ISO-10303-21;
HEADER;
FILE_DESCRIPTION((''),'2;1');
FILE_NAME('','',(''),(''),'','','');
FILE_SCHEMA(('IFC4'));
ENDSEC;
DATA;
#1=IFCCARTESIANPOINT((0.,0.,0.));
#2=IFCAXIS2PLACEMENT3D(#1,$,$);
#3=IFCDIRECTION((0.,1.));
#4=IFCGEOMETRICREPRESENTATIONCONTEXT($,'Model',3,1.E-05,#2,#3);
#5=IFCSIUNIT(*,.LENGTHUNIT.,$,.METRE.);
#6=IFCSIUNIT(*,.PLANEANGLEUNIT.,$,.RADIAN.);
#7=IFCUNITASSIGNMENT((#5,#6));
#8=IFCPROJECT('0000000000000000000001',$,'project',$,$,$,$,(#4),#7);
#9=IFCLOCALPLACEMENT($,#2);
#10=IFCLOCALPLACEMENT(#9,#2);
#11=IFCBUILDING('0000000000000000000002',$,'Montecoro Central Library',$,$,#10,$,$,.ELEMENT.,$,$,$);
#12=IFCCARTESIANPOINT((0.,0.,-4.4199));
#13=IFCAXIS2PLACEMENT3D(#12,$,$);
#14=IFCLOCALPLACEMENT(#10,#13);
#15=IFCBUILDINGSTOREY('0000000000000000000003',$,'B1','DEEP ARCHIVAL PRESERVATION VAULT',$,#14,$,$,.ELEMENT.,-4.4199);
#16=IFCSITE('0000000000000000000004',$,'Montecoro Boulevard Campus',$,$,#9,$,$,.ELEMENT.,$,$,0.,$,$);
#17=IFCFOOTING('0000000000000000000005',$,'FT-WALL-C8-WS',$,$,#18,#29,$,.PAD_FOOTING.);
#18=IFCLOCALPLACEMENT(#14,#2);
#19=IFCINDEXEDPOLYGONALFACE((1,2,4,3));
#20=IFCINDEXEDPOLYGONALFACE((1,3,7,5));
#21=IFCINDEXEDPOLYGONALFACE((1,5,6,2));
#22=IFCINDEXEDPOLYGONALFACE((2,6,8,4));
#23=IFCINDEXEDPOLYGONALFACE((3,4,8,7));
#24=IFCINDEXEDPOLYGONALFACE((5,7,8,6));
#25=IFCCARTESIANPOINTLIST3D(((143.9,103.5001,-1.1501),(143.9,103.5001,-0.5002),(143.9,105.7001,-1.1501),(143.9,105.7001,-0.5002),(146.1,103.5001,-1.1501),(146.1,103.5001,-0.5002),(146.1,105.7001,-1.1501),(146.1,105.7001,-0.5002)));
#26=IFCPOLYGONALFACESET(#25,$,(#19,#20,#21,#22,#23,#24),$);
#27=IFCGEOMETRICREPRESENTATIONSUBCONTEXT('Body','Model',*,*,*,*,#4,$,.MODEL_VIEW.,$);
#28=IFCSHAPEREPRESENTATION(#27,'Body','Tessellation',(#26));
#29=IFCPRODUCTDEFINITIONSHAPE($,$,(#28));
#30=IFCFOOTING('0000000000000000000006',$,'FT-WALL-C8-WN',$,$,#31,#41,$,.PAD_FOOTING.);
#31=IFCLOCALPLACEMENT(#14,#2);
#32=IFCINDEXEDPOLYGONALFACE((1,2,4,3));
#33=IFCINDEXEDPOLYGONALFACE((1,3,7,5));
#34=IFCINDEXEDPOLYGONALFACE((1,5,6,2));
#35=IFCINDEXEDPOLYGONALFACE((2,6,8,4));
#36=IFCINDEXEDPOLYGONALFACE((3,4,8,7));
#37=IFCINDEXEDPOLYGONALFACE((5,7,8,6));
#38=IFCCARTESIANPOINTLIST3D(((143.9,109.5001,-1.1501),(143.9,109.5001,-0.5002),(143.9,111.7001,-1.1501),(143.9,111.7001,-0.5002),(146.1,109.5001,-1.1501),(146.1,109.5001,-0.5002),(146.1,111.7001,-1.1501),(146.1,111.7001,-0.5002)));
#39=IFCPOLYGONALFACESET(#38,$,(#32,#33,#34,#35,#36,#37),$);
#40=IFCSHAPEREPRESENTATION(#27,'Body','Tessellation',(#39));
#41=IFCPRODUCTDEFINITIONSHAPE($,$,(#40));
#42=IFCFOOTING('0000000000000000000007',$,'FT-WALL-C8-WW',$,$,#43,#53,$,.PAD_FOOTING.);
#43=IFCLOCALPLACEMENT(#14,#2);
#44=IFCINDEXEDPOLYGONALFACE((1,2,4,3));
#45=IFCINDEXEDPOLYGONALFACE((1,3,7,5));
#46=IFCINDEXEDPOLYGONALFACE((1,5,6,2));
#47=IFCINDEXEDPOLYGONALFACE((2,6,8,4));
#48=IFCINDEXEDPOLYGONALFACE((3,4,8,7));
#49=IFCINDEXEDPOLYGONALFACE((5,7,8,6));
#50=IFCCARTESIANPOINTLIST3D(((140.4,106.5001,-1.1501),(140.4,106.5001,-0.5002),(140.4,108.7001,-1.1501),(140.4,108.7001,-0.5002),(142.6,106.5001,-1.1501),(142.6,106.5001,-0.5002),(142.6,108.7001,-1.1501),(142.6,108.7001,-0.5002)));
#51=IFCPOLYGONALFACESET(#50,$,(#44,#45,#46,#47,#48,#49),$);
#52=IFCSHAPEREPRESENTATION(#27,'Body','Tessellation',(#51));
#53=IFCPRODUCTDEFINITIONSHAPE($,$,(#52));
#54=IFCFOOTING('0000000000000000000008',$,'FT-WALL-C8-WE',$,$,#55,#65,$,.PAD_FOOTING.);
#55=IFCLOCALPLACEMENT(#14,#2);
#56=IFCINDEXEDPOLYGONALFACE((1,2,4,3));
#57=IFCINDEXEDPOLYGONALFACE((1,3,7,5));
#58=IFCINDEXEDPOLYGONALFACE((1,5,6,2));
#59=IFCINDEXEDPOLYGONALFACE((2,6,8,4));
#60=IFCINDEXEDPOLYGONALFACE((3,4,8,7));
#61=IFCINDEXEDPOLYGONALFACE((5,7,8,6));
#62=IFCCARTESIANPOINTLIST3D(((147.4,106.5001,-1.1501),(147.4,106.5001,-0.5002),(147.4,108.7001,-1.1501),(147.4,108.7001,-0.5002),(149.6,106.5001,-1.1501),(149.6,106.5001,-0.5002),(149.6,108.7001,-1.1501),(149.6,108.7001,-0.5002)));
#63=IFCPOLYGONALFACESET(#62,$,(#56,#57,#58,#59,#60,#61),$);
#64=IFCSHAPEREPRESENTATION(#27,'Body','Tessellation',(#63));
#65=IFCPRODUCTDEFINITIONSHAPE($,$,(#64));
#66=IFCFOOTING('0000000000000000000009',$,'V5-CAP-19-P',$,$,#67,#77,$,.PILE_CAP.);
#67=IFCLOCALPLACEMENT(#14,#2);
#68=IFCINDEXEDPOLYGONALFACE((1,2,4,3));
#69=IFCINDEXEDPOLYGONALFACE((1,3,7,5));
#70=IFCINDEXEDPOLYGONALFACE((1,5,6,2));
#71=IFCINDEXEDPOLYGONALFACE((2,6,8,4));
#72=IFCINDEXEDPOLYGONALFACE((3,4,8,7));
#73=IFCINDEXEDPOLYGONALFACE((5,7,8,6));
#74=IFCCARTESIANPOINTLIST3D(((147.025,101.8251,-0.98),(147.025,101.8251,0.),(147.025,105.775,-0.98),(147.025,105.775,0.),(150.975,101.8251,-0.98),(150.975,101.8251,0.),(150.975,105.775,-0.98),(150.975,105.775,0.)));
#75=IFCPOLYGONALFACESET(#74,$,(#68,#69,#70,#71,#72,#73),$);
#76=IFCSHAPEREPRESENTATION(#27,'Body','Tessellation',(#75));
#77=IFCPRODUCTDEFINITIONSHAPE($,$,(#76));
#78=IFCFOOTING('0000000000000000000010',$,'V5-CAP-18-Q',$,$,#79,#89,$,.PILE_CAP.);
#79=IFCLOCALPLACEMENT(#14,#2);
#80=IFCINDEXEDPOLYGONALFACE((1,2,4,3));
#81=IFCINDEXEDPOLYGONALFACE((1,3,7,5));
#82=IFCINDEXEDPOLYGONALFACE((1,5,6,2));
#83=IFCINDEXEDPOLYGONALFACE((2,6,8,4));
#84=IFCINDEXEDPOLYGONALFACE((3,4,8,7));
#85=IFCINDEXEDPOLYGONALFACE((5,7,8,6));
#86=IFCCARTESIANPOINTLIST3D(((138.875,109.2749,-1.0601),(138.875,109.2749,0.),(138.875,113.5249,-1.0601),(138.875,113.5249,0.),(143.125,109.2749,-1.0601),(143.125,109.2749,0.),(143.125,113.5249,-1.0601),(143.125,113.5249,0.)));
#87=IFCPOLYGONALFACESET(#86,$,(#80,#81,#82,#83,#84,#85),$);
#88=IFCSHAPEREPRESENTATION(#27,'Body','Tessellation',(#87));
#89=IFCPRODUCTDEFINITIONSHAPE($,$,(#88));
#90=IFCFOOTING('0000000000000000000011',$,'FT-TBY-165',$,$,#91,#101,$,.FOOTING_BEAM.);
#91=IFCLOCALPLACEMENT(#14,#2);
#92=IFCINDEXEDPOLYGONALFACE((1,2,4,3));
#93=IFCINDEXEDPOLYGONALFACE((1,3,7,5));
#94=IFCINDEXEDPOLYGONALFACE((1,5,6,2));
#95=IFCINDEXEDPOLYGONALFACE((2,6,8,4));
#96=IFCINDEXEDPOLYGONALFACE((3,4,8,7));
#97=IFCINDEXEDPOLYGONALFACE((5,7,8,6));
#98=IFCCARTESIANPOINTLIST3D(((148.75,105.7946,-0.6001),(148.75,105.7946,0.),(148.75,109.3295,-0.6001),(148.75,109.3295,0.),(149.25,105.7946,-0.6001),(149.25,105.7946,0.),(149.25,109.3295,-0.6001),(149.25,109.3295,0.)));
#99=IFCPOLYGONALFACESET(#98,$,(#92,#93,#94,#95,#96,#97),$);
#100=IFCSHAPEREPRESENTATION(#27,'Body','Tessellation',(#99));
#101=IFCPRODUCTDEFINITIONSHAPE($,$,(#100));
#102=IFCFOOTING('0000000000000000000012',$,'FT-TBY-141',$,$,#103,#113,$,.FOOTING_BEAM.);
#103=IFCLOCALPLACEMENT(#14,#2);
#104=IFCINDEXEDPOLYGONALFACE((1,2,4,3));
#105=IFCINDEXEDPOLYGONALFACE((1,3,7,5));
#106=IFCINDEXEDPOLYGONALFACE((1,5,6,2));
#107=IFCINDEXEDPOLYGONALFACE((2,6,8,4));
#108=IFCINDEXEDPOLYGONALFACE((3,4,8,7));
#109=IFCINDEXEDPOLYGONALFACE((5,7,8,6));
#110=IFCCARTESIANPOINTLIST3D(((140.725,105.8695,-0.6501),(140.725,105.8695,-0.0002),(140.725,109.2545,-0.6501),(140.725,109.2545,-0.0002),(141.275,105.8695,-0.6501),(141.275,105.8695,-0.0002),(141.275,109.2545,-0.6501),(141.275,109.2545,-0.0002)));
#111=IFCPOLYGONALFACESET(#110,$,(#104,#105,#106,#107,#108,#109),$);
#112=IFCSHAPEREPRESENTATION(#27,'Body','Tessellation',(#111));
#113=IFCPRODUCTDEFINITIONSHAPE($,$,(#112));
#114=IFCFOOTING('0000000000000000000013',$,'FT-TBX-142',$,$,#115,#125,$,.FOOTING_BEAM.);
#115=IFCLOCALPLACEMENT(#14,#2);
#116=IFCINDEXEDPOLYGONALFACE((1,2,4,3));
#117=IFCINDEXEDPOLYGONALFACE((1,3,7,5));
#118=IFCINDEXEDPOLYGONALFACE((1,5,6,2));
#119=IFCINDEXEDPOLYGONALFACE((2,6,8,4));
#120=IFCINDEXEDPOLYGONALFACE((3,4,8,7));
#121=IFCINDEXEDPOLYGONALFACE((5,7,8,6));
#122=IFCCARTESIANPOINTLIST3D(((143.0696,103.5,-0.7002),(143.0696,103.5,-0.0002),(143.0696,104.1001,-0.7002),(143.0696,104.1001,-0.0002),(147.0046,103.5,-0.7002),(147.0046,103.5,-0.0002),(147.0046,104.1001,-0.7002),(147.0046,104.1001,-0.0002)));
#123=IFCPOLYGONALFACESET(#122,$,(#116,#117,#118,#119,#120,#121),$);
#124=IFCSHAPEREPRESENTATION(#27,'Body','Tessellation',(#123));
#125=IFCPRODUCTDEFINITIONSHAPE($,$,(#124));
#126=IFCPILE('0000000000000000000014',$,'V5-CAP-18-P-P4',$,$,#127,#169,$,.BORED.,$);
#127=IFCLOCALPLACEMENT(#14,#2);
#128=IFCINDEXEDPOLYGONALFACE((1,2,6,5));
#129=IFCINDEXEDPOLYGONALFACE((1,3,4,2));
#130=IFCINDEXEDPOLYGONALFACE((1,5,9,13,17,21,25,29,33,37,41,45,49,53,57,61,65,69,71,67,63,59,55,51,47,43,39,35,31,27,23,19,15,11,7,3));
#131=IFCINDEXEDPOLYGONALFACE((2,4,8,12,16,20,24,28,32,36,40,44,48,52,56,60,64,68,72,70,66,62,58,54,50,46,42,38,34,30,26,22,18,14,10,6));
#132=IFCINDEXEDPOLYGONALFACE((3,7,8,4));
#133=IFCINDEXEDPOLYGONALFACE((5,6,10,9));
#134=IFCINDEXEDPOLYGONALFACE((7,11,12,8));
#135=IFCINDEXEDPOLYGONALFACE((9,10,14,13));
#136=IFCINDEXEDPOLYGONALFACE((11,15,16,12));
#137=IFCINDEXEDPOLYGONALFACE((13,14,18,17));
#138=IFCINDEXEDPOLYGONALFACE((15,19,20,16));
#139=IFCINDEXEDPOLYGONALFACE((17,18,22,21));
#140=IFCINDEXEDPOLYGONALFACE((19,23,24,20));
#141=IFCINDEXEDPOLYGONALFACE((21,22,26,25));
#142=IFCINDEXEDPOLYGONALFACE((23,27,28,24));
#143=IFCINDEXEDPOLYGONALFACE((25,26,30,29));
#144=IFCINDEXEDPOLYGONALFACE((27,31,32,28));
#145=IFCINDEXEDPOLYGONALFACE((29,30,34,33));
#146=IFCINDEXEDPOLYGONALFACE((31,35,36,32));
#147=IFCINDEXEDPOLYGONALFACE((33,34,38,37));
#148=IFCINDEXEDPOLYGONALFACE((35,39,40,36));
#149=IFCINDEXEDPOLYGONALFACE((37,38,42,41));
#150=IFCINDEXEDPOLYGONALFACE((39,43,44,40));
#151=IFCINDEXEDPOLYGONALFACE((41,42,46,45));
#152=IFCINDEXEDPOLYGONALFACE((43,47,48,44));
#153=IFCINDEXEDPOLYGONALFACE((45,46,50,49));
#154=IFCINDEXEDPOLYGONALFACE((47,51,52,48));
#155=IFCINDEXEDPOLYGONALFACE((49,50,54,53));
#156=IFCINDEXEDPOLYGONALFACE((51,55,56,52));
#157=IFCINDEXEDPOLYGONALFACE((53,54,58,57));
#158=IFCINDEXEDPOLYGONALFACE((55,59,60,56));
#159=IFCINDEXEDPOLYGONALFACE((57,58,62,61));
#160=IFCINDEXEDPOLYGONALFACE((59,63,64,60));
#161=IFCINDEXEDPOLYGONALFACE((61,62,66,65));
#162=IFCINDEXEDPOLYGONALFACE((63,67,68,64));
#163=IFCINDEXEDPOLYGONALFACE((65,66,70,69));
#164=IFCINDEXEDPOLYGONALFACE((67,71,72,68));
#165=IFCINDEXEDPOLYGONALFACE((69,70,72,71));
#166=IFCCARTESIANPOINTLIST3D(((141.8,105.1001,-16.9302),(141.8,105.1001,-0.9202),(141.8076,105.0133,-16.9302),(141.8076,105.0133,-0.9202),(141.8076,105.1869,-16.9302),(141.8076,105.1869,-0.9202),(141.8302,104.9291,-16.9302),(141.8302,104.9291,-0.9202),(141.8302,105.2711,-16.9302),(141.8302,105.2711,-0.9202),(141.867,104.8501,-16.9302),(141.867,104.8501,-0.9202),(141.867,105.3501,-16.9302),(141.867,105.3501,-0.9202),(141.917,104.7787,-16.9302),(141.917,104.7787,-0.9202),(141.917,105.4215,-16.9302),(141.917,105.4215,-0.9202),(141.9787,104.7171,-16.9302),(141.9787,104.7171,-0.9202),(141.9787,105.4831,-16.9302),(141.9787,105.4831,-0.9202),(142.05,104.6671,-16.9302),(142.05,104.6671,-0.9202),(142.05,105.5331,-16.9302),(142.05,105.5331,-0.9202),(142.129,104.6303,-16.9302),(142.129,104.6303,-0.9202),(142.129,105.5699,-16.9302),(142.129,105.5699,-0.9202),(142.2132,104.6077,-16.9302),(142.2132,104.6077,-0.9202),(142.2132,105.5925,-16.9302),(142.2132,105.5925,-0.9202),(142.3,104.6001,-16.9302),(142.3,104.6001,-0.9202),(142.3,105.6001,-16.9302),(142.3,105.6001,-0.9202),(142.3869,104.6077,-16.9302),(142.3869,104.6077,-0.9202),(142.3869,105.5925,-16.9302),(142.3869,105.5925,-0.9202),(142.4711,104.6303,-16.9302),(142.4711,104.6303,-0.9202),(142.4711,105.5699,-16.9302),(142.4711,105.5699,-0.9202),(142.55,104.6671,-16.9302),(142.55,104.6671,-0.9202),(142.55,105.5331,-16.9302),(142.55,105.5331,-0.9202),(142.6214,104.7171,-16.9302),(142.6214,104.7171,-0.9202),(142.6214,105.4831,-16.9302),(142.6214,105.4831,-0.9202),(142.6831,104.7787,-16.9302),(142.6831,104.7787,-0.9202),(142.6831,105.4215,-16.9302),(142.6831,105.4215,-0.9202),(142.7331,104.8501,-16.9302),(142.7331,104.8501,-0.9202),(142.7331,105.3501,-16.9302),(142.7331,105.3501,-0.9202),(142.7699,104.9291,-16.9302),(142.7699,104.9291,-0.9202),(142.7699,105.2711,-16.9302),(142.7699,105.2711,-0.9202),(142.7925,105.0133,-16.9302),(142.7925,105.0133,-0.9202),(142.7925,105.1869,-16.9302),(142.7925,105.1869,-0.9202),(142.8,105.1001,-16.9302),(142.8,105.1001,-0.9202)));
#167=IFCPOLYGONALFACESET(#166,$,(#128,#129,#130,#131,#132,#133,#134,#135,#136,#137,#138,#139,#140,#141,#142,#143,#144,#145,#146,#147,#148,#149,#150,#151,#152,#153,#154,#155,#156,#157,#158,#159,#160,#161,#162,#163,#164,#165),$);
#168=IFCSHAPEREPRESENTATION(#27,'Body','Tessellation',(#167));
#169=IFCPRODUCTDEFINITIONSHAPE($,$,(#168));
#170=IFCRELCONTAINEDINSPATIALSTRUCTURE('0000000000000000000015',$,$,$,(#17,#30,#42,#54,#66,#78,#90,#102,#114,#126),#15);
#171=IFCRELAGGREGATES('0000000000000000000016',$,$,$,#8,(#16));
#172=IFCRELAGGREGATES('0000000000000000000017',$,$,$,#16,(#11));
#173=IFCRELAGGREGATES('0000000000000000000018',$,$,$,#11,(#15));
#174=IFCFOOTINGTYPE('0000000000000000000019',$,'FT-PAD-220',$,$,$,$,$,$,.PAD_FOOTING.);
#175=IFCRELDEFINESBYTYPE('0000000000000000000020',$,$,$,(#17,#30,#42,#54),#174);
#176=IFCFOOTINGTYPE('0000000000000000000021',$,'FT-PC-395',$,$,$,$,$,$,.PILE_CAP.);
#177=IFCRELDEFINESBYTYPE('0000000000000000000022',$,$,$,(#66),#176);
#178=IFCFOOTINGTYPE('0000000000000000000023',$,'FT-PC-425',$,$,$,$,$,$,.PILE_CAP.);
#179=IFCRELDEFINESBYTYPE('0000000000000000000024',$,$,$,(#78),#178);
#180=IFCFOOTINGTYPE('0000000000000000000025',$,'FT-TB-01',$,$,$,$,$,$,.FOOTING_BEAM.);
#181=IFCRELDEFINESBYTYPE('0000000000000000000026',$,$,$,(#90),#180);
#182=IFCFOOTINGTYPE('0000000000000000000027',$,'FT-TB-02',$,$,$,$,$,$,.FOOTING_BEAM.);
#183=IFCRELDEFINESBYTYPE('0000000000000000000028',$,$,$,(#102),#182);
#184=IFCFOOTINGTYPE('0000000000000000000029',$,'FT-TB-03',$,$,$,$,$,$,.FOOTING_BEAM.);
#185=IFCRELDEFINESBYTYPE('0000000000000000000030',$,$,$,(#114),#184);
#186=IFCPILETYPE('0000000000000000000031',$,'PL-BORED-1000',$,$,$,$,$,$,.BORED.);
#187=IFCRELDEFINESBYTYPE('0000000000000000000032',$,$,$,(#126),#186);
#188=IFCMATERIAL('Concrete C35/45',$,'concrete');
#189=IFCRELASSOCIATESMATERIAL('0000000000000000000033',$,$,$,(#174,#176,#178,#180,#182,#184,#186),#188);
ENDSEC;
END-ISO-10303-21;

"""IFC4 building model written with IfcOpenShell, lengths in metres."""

from ifc_helpers import new_model, si_unit, direction, frame, origin, origin_2d, place, context, subcontext, project, spatial, rectangle, circle, extrude, material, material_profile, profile_set, type_object, element, save


model = new_model("IFC4")

# Units and contexts
model_context = context("Model", 3, precision=1e-05, world=origin(), true_north=direction((0.0, 1.0)))
body_context = subcontext(model_context, "Body", "Model", "MODEL_VIEW")
ifc_project = project(units=[si_unit("LENGTHUNIT", "METRE"), si_unit("PLANEANGLEUNIT", "RADIAN")], contexts=[model_context])

# Site, building, storey
site_placement = place(None, origin())
site = spatial("IfcSite", under=ifc_project, at=site_placement, Name="Montecoro Boulevard Campus", CompositionType="ELEMENT", RefElevation=0.0)
building_placement = place(site_placement, origin())
building = spatial("IfcBuilding", under=site, at=building_placement, Name="Montecoro Central Library", CompositionType="ELEMENT")
storey_placement = place(building_placement, frame((0.0, 0.0, -4.4199)))
storey = spatial("IfcBuildingStorey", under=building, at=storey_placement, Name="B1", Description="DEEP ARCHIVAL PRESERVATION VAULT", CompositionType="ELEMENT", Elevation=-4.4199)

# Footings
ifc_material_1 = material(Name="Concrete C35/45", Category="concrete")
footing_type_1 = type_object("IfcFootingType", Name="FT-PAD-220", PredefinedType="PAD_FOOTING", material=ifc_material_1)
for number, where, z_axis, x_axis, name in (
    (1, (145.0, 104.6001, -1.1501), (0.0, 0.0, 1.0), (1.0, 0.0, 0.0), "FT-WALL-C8-WS"),
    (2, (145.0, 110.6001, -1.1501), (0.0, 0.0, 1.0), (1.0, 0.0, 0.0), "FT-WALL-C8-WN"),
    (3, (141.5, 107.6001, -1.1501), (0.0, 0.0, 1.0), (1.0, 0.0, 0.0), "FT-WALL-C8-WW"),
    (4, (148.5, 107.6001, -1.1501), (0.0, 0.0, 1.0), (1.0, 0.0, 0.0), "FT-WALL-C8-WE"),
):
    element("IfcFooting", number, at=place(storey_placement, frame(where, z_axis=z_axis, x_axis=x_axis)), inside=storey, type_object=footing_type_1, Name=name, PredefinedType="PAD_FOOTING", context=body_context, shape_type="SweptSolid", body=[
        extrude(rectangle(XDim=2.2, YDim=2.2, at=origin_2d()), origin(), (0.0, 0.0, 1.0), 0.6499),
    ])
footing_type_2 = type_object("IfcFootingType", Name="FT-PC-395", PredefinedType="PILE_CAP", material=ifc_material_1)
footing_1_placement = place(storey_placement, frame((149.0, 103.8, -0.98), z_axis=(0.0, 0.0, 1.0), x_axis=(1.0, 0.0, 0.0)))
element("IfcFooting", 5, at=footing_1_placement, inside=storey, type_object=footing_type_2, Name="V5-CAP-19-P", PredefinedType="PILE_CAP", context=body_context, shape_type="SweptSolid", body=[
    extrude(rectangle(XDim=3.95, YDim=3.95, at=origin_2d()), origin(), (0.0, 0.0, 1.0), 0.98),
])
footing_type_3 = type_object("IfcFootingType", Name="FT-PC-425", PredefinedType="PILE_CAP", material=ifc_material_1)
footing_2_placement = place(storey_placement, frame((141.0, 111.3999, -1.0601), z_axis=(0.0, 0.0, 1.0), x_axis=(1.0, 0.0, 0.0)))
element("IfcFooting", 6, at=footing_2_placement, inside=storey, type_object=footing_type_3, Name="V5-CAP-18-Q", PredefinedType="PILE_CAP", context=body_context, shape_type="SweptSolid", body=[
    extrude(rectangle(XDim=4.25, YDim=4.25, at=origin_2d()), origin(), (0.0, 0.0, 1.0), 1.0601),
])
footing_type_4 = type_object("IfcFootingType", Name="FT-TB-01", PredefinedType="FOOTING_BEAM", material=ifc_material_1)
footing_3_placement = place(storey_placement, frame((149.0, 107.562, -0.6001), z_axis=(0.0, 0.0, 1.0), x_axis=(1.0, 0.0, 0.0)))
element("IfcFooting", 7, at=footing_3_placement, inside=storey, type_object=footing_type_4, Name="FT-TBY-165", PredefinedType="FOOTING_BEAM", context=body_context, shape_type="SweptSolid", body=[
    extrude(rectangle(XDim=0.5, YDim=3.5349, at=origin_2d()), origin(), (0.0, 0.0, 1.0), 0.6001),
])
footing_type_5 = type_object("IfcFootingType", Name="FT-TB-02", PredefinedType="FOOTING_BEAM", material=ifc_material_1)
footing_4_placement = place(storey_placement, frame((141.0, 107.562, -0.6501), z_axis=(0.0, 0.0, 1.0), x_axis=(1.0, 0.0, 0.0)))
element("IfcFooting", 8, at=footing_4_placement, inside=storey, type_object=footing_type_5, Name="FT-TBY-141", PredefinedType="FOOTING_BEAM", context=body_context, shape_type="SweptSolid", body=[
    extrude(rectangle(XDim=0.55, YDim=3.385, at=origin_2d()), origin(), (0.0, 0.0, 1.0), 0.6499),
])
footing_type_6 = type_object("IfcFootingType", Name="FT-TB-03", PredefinedType="FOOTING_BEAM", material=ifc_material_1)
footing_5_placement = place(storey_placement, frame((145.0371, 103.8, -0.7002), z_axis=(0.0, 0.0, 1.0), x_axis=(1.0, 0.0, 0.0)))
element("IfcFooting", 9, at=footing_5_placement, inside=storey, type_object=footing_type_6, Name="FT-TBX-142", PredefinedType="FOOTING_BEAM", context=body_context, shape_type="SweptSolid", body=[
    extrude(rectangle(XDim=3.9351, YDim=0.6001, at=origin_2d()), origin(), (0.0, 0.0, 1.0), 0.7),
])

# Pile
ifc_material_profile_1 = material_profile(ifc_material_1, circle(Radius=0.5, at=origin_2d()), Name="PILE D1000")
ifc_profile_set_1 = profile_set([ifc_material_profile_1], Name="Concrete C35/45")
pile_type_1 = type_object("IfcPileType", Name="PL-BORED-1000", PredefinedType="BORED", material=ifc_profile_set_1)
pile_1_placement = place(storey_placement, frame((142.3, 105.1001, -0.9202), z_axis=(0.0, 0.0, -1.0), x_axis=(1.0, 0.0, 0.0)))
element("IfcPile", 10, at=pile_1_placement, inside=storey, type_object=pile_type_1, Name="V5-CAP-18-P-P4", PredefinedType="BORED", context=body_context, shape_type="SweptSolid", body=[
    extrude(circle(Radius=0.5, at=origin_2d()), origin(), (0.0, 0.0, 1.0), 16.01),
])

save(model, "model.ifc")
